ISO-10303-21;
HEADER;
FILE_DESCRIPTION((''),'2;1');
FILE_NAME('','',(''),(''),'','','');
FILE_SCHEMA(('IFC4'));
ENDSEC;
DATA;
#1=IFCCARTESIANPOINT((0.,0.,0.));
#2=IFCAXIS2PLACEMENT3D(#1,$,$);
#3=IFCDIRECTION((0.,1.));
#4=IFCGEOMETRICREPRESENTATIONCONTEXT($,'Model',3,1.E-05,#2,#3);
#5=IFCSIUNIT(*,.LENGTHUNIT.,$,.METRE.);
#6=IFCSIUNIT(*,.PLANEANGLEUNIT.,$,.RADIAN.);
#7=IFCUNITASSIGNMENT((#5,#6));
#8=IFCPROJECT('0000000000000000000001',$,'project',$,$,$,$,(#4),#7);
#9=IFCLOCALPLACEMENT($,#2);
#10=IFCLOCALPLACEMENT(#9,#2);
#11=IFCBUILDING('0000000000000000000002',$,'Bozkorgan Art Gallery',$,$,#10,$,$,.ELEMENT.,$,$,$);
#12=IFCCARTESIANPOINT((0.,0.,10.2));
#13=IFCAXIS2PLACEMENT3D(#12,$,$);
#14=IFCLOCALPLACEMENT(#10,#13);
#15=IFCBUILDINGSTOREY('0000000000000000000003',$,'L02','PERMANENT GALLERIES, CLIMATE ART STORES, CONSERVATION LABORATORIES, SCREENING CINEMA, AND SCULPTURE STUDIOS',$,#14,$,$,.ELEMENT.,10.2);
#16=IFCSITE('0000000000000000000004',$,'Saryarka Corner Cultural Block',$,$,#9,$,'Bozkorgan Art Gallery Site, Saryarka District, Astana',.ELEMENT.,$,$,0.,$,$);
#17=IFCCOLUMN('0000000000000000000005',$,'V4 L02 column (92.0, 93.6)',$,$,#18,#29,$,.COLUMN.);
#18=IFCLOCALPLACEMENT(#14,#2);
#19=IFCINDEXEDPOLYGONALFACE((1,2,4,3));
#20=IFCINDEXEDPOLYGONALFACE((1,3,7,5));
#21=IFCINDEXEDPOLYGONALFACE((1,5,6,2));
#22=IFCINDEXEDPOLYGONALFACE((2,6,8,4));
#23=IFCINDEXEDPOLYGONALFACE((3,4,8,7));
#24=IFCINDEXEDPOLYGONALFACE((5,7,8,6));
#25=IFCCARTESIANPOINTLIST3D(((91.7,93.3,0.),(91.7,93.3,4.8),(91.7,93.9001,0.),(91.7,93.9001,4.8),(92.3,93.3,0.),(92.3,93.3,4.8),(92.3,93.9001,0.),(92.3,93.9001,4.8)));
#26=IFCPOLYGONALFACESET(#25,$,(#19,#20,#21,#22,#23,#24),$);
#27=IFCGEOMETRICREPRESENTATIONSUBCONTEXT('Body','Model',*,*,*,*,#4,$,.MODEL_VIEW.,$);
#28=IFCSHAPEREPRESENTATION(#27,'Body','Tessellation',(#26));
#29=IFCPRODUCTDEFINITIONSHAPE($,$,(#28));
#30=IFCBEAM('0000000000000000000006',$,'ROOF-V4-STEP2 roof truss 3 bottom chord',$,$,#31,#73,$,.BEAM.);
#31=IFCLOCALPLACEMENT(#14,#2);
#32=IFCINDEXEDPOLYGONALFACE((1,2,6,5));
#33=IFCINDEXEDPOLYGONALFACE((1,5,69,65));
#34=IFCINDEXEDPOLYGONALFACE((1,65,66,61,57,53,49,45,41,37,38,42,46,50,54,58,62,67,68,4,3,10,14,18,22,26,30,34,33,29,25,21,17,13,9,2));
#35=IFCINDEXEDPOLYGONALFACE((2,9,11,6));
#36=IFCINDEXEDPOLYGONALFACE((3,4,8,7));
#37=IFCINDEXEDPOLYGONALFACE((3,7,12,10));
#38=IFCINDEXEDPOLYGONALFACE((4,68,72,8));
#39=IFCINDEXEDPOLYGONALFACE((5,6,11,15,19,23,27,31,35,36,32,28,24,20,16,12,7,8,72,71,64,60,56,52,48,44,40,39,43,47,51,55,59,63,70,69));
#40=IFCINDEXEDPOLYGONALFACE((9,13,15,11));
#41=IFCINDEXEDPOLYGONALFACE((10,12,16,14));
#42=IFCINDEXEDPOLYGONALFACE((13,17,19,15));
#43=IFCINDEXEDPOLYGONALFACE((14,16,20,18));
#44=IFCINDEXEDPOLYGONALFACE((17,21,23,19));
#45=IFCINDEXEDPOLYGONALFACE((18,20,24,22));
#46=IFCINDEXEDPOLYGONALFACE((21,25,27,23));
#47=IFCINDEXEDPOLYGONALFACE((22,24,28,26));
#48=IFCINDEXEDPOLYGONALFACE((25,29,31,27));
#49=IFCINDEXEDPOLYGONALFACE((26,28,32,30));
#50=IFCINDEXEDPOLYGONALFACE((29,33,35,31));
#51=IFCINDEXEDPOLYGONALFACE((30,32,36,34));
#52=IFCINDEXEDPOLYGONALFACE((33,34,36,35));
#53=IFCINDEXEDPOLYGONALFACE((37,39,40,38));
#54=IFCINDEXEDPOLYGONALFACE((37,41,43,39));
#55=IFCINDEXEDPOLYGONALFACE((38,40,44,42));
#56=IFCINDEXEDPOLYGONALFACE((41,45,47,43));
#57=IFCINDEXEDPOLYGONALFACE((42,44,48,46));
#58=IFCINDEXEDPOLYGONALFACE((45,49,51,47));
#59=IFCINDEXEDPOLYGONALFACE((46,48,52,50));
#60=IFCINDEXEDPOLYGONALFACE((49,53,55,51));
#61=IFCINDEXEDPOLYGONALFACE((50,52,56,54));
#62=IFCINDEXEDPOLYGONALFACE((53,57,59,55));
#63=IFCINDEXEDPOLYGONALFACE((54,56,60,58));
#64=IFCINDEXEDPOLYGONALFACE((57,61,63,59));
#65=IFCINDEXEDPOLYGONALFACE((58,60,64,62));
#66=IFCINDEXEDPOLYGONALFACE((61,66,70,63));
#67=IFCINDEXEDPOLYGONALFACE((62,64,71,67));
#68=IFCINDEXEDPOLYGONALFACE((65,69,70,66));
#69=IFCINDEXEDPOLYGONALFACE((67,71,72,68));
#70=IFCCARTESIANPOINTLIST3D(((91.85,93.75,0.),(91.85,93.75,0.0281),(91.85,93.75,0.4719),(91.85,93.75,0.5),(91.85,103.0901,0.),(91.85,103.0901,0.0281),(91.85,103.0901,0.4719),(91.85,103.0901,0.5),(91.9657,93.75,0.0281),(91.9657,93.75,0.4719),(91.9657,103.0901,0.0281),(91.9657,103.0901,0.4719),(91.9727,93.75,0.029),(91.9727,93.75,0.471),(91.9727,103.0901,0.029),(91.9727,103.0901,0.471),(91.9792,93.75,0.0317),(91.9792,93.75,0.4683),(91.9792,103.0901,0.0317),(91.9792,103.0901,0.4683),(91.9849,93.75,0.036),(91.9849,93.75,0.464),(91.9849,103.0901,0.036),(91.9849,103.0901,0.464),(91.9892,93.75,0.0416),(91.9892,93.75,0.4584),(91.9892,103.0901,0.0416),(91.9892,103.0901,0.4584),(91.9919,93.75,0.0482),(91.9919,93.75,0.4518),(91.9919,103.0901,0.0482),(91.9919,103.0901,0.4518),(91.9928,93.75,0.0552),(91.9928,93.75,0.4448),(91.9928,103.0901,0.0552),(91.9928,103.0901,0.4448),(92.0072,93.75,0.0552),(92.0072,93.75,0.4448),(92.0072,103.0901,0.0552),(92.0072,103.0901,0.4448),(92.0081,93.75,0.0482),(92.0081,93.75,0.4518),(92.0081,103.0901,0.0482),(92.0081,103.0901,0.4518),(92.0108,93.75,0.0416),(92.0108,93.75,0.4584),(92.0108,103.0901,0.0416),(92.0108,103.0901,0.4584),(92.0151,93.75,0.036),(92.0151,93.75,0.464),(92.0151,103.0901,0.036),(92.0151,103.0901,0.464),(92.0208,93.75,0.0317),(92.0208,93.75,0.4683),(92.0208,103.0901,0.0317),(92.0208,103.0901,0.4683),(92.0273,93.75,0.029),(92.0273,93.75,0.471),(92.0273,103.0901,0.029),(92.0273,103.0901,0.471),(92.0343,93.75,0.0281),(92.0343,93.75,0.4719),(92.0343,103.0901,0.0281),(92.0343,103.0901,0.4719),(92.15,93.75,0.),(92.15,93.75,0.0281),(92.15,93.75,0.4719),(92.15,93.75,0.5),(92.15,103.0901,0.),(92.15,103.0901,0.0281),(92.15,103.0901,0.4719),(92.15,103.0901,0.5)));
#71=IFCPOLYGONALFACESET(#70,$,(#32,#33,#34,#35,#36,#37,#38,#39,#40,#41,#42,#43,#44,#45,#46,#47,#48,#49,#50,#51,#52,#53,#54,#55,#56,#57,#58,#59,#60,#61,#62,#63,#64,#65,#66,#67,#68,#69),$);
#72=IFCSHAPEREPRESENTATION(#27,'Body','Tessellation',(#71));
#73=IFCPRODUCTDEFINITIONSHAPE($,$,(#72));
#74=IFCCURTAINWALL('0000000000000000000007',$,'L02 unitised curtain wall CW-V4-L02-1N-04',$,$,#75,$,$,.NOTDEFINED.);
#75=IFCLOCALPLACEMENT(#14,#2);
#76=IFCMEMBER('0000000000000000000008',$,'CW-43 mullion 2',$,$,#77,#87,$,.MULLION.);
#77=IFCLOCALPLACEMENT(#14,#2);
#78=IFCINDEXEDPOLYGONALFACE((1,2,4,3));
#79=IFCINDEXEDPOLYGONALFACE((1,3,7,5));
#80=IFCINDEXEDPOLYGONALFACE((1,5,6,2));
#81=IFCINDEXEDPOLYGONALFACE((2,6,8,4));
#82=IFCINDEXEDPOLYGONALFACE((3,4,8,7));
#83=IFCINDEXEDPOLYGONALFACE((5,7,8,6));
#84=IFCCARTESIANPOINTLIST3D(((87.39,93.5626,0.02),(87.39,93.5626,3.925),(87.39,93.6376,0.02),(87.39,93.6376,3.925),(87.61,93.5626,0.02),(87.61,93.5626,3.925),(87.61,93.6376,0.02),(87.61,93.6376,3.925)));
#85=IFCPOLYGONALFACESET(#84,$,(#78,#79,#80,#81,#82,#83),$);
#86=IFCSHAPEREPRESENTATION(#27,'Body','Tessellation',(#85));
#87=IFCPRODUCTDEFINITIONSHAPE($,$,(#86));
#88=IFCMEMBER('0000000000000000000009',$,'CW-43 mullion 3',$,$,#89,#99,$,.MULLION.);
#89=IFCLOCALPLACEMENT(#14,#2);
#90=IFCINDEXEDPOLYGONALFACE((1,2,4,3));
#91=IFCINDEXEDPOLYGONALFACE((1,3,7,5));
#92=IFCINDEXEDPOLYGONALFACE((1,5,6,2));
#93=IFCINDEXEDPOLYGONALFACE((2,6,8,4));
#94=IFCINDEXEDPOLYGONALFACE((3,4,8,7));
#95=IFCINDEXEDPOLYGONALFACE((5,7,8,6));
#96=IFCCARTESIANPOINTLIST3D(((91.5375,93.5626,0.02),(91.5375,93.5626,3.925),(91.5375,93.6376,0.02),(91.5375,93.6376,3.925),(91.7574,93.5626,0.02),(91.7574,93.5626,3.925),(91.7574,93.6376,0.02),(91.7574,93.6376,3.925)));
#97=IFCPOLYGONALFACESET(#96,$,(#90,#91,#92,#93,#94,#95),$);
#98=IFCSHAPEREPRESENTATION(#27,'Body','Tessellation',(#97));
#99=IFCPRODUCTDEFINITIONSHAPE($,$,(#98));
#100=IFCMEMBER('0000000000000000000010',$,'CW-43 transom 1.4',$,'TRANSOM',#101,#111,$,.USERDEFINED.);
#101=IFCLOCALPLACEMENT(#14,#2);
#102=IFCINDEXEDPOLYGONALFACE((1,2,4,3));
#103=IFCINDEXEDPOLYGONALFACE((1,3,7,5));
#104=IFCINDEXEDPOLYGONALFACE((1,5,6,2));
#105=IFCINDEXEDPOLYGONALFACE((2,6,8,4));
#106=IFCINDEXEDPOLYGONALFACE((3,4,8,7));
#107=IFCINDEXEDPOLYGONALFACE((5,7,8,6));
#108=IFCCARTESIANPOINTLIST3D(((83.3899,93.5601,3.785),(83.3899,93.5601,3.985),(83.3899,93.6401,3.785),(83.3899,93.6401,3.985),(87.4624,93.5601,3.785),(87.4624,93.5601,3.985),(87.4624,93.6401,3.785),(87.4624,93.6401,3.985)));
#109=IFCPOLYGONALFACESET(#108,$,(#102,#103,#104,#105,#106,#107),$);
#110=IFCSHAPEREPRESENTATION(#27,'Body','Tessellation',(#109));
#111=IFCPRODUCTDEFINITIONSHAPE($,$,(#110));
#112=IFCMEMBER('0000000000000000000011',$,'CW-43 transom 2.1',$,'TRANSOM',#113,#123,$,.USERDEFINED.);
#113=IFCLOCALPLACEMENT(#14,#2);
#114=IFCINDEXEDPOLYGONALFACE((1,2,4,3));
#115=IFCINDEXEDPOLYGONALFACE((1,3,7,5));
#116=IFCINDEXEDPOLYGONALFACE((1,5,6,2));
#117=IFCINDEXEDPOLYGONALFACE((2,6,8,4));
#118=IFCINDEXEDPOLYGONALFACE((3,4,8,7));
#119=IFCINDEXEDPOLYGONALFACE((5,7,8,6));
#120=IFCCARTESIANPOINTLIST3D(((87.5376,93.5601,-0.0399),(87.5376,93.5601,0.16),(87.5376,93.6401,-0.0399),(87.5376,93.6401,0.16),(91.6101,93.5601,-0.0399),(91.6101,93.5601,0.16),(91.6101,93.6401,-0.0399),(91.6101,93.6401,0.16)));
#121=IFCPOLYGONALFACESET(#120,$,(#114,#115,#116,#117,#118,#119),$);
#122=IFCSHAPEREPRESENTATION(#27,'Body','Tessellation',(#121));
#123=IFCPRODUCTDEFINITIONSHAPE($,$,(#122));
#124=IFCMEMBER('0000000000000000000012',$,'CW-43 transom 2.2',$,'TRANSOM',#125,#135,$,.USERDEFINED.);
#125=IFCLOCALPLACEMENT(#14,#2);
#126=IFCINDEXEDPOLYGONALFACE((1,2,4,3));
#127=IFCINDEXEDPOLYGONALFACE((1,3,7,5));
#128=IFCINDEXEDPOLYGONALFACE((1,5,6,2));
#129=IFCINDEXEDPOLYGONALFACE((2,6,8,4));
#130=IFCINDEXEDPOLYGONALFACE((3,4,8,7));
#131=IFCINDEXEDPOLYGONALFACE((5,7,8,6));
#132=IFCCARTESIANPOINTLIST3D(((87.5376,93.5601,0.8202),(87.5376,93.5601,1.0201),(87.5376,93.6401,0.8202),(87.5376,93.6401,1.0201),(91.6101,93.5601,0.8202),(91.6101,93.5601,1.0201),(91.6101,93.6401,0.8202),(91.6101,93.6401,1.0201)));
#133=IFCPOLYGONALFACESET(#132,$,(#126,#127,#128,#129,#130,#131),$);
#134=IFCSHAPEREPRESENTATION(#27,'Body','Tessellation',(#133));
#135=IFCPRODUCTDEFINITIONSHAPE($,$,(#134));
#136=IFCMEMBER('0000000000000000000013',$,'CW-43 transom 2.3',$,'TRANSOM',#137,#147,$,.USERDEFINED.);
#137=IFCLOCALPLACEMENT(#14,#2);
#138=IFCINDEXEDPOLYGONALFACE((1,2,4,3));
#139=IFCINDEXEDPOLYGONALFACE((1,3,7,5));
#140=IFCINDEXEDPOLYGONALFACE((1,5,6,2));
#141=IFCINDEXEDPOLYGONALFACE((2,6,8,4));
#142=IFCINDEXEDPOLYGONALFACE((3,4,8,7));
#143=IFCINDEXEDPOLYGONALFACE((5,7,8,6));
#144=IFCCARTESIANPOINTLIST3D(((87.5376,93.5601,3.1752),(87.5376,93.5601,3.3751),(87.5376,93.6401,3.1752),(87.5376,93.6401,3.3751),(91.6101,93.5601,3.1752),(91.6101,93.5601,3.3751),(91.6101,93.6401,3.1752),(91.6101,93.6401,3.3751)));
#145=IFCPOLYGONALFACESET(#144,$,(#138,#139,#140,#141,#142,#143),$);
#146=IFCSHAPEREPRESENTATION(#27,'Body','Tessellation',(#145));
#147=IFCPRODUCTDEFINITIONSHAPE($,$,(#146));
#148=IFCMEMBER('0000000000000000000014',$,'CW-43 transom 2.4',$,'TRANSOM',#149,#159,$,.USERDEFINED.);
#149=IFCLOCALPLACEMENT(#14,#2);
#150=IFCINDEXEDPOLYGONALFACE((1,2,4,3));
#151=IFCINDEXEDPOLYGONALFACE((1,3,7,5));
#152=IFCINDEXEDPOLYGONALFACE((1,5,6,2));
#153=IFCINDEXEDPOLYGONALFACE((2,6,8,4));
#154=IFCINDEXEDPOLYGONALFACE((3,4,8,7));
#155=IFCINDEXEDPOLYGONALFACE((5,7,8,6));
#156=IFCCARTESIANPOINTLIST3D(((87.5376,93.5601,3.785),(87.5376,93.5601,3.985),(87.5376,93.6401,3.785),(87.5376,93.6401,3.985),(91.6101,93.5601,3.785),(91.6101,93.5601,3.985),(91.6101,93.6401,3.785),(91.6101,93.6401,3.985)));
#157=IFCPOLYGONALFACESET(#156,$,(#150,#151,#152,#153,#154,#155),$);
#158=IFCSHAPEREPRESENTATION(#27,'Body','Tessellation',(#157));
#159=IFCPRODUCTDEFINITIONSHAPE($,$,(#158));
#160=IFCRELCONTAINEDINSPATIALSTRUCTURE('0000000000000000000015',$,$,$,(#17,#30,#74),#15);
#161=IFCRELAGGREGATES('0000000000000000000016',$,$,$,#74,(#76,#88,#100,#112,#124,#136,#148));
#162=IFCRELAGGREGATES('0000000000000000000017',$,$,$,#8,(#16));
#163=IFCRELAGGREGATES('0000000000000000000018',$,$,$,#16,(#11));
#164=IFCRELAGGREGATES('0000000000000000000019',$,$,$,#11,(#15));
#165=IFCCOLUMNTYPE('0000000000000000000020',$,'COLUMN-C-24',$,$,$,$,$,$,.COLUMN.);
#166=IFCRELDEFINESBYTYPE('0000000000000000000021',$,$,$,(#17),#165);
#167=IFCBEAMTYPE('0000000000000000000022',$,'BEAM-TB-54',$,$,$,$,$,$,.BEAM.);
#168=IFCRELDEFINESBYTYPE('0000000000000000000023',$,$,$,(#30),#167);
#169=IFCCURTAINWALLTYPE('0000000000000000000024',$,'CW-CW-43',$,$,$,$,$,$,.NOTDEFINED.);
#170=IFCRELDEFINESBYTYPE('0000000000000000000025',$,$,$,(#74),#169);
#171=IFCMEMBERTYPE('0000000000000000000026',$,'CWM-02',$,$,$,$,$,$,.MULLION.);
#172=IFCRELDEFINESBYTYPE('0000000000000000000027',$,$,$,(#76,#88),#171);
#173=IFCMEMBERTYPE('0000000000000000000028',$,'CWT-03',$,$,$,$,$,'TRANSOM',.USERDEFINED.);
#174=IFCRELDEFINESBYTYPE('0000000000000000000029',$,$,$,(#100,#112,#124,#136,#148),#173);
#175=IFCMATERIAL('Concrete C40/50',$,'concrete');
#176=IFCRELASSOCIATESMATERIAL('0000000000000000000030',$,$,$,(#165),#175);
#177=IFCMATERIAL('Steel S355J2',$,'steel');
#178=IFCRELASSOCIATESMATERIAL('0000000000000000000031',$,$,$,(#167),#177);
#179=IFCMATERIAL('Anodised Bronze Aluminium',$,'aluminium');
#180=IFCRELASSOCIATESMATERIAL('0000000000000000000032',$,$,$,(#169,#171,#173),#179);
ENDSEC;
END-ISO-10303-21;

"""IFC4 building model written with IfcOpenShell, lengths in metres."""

from ifc_helpers import new_model, si_unit, direction, frame, origin, origin_2d, place, context, subcontext, project, spatial, rectangle, i_section, extrude, material, material_profile, profile_set, type_object, element, aggregate, save


model = new_model("IFC4")

# Units and contexts
model_context = context("Model", 3, precision=1e-05, world=origin(), true_north=direction((0.0, 1.0)))
body_context = subcontext(model_context, "Body", "Model", "MODEL_VIEW")
ifc_project = project(units=[si_unit("LENGTHUNIT", "METRE"), si_unit("PLANEANGLEUNIT", "RADIAN")], contexts=[model_context])

# Site, building, storey
site_placement = place(None, origin())
site = spatial("IfcSite", under=ifc_project, at=site_placement, Name="Saryarka Corner Cultural Block", LongName="Bozkorgan Art Gallery Site, Saryarka District, Astana", CompositionType="ELEMENT", RefElevation=0.0)
building_placement = place(site_placement, origin())
building = spatial("IfcBuilding", under=site, at=building_placement, Name="Bozkorgan Art Gallery", CompositionType="ELEMENT")
storey_placement = place(building_placement, frame((0.0, 0.0, 10.2)))
storey = spatial("IfcBuildingStorey", under=building, at=storey_placement, Name="L02", Description="PERMANENT GALLERIES, CLIMATE ART STORES, CONSERVATION LABORATORIES, SCREENING CINEMA, AND SCULPTURE STUDIOS", CompositionType="ELEMENT", Elevation=10.2)

# Column
ifc_material_1 = material(Name="Concrete C40/50", Category="concrete")
ifc_material_profile_1 = material_profile(ifc_material_1, rectangle(XDim=0.6001, YDim=0.6001, at=origin_2d()), Name="RC 600x600")
ifc_profile_set_1 = profile_set([ifc_material_profile_1], Name="Concrete C40/50")
column_type = type_object("IfcColumnType", Name="COLUMN-C-24", PredefinedType="COLUMN", material=ifc_profile_set_1)
column_placement = place(storey_placement, frame((92.0, 93.6001, 0.0), z_axis=(0.0, 0.0, 1.0), x_axis=(1.0, 0.0, 0.0)))
element("IfcColumn", 1, at=column_placement, inside=storey, type_object=column_type, Name="V4 L02 column (92.0, 93.6)", PredefinedType="COLUMN", context=body_context, shape_type="SweptSolid", body=[
    extrude(rectangle(XDim=0.6001, YDim=0.6001, at=origin_2d()), origin(), (0.0, 0.0, 1.0), 4.8),
])

# Beam
ifc_material_2 = material(Name="Steel S355J2", Category="steel")
ifc_material_profile_2 = material_profile(ifc_material_2, i_section(OverallWidth=0.3, OverallDepth=0.5, WebThickness=0.0144, FlangeThickness=0.0281, FilletRadius=0.0271, at=origin_2d()), Name="HEB 500")
ifc_profile_set_2 = profile_set([ifc_material_profile_2], Name="Steel S355J2")
beam_type = type_object("IfcBeamType", Name="BEAM-TB-54", PredefinedType="BEAM", material=ifc_profile_set_2)
beam_placement = place(storey_placement, frame((92.0, 93.75, 0.25), z_axis=(0.0, 1.0, 0.0), x_axis=(-1.0, 0.0, 0.0)))
element("IfcBeam", 2, at=beam_placement, inside=storey, type_object=beam_type, Name="ROOF-V4-STEP2 roof truss 3 bottom chord", PredefinedType="BEAM", context=body_context, shape_type="SweptSolid", body=[
    extrude(i_section(OverallWidth=0.3, OverallDepth=0.5, WebThickness=0.0144, FlangeThickness=0.0281, FilletRadius=0.0271, at=origin_2d()), origin(), (0.0, 0.0, 1.0), 9.3401),
])

# Curtain wall, members
ifc_material_3 = material(Name="Anodised Bronze Aluminium", Category="aluminium")
curtain_wall_type = type_object("IfcCurtainWallType", Name="CW-CW-43", PredefinedType="NOTDEFINED", material=ifc_material_3)
curtain_wall_placement = place(storey_placement, origin())
curtain_wall = element("IfcCurtainWall", 3, at=curtain_wall_placement, inside=storey, type_object=curtain_wall_type, Name="L02 unitised curtain wall CW-V4-L02-1N-04", PredefinedType="NOTDEFINED")
ifc_material_profile_3 = material_profile(ifc_material_3, rectangle(XDim=0.075, YDim=0.22, at=origin_2d()), Name="ALU MULLION 75x220")
ifc_profile_set_3 = profile_set([ifc_material_profile_3], Name="Anodised Bronze Aluminium")
member_type_1 = type_object("IfcMemberType", Name="CWM-02", PredefinedType="MULLION", material=ifc_profile_set_3)
member_1_placement = place(storey_placement, frame((87.5, 93.6001, 0.02), z_axis=(0.0, 0.0, 1.0), x_axis=(0.0, 1.0, 0.0)))
member_1 = element("IfcMember", 4, at=member_1_placement, type_object=member_type_1, Name="CW-43 mullion 2", PredefinedType="MULLION", context=body_context, shape_type="SweptSolid", body=[
    extrude(rectangle(XDim=0.075, YDim=0.22, at=origin_2d()), origin(), (0.0, 0.0, 1.0), 3.905),
])
member_2_placement = place(storey_placement, frame((91.6475, 93.6001, 0.02), z_axis=(0.0, 0.0, 1.0), x_axis=(0.0, 1.0, 0.0)))
member_2 = element("IfcMember", 5, at=member_2_placement, type_object=member_type_1, Name="CW-43 mullion 3", PredefinedType="MULLION", context=body_context, shape_type="SweptSolid", body=[
    extrude(rectangle(XDim=0.075, YDim=0.22, at=origin_2d()), origin(), (0.0, 0.0, 1.0), 3.905),
])
ifc_material_profile_4 = material_profile(ifc_material_3, rectangle(XDim=0.0801, YDim=0.2, at=origin_2d()), Name="ALU TRANSOM 80x200")
ifc_profile_set_4 = profile_set([ifc_material_profile_4], Name="Anodised Bronze Aluminium")
member_type_2 = type_object("IfcMemberType", Name="CWT-03", ElementType="TRANSOM", PredefinedType="USERDEFINED", material=ifc_profile_set_4)
member_3_placement = place(storey_placement, frame((83.3899, 93.6001, 3.885), z_axis=(1.0, 0.0, 0.0), x_axis=(0.0, 1.0, 0.0)))
member_3 = element("IfcMember", 6, at=member_3_placement, type_object=member_type_2, Name="CW-43 transom 1.4", ObjectType="TRANSOM", PredefinedType="USERDEFINED", context=body_context, shape_type="SweptSolid", body=[
    extrude(rectangle(XDim=0.0801, YDim=0.2, at=origin_2d()), origin(), (0.0, 0.0, 1.0), 4.0725),
])
member_4_placement = place(storey_placement, frame((87.5376, 93.6001, 0.0601), z_axis=(1.0, 0.0, 0.0), x_axis=(0.0, 1.0, 0.0)))
member_4 = element("IfcMember", 7, at=member_4_placement, type_object=member_type_2, Name="CW-43 transom 2.1", ObjectType="TRANSOM", PredefinedType="USERDEFINED", context=body_context, shape_type="SweptSolid", body=[
    extrude(rectangle(XDim=0.0801, YDim=0.2, at=origin_2d()), origin(), (0.0, 0.0, 1.0), 4.0725),
])
member_5_placement = place(storey_placement, frame((87.5376, 93.6001, 0.9202), z_axis=(1.0, 0.0, 0.0), x_axis=(0.0, 1.0, 0.0)))
member_5 = element("IfcMember", 8, at=member_5_placement, type_object=member_type_2, Name="CW-43 transom 2.2", ObjectType="TRANSOM", PredefinedType="USERDEFINED", context=body_context, shape_type="SweptSolid", body=[
    extrude(rectangle(XDim=0.0801, YDim=0.2, at=origin_2d()), origin(), (0.0, 0.0, 1.0), 4.0725),
])
member_6_placement = place(storey_placement, frame((87.5376, 93.6001, 3.2751), z_axis=(1.0, 0.0, 0.0), x_axis=(0.0, 1.0, 0.0)))
member_6 = element("IfcMember", 9, at=member_6_placement, type_object=member_type_2, Name="CW-43 transom 2.3", ObjectType="TRANSOM", PredefinedType="USERDEFINED", context=body_context, shape_type="SweptSolid", body=[
    extrude(rectangle(XDim=0.0801, YDim=0.2, at=origin_2d()), origin(), (0.0, 0.0, 1.0), 4.0725),
])
member_7_placement = place(storey_placement, frame((87.5376, 93.6001, 3.885), z_axis=(1.0, 0.0, 0.0), x_axis=(0.0, 1.0, 0.0)))
member_7 = element("IfcMember", 10, at=member_7_placement, type_object=member_type_2, Name="CW-43 transom 2.4", ObjectType="TRANSOM", PredefinedType="USERDEFINED", context=body_context, shape_type="SweptSolid", body=[
    extrude(rectangle(XDim=0.0801, YDim=0.2, at=origin_2d()), origin(), (0.0, 0.0, 1.0), 4.0725),
])

aggregate(curtain_wall, [member_1, member_2, member_3, member_4, member_5, member_6, member_7])

save(model, "model.ifc")
